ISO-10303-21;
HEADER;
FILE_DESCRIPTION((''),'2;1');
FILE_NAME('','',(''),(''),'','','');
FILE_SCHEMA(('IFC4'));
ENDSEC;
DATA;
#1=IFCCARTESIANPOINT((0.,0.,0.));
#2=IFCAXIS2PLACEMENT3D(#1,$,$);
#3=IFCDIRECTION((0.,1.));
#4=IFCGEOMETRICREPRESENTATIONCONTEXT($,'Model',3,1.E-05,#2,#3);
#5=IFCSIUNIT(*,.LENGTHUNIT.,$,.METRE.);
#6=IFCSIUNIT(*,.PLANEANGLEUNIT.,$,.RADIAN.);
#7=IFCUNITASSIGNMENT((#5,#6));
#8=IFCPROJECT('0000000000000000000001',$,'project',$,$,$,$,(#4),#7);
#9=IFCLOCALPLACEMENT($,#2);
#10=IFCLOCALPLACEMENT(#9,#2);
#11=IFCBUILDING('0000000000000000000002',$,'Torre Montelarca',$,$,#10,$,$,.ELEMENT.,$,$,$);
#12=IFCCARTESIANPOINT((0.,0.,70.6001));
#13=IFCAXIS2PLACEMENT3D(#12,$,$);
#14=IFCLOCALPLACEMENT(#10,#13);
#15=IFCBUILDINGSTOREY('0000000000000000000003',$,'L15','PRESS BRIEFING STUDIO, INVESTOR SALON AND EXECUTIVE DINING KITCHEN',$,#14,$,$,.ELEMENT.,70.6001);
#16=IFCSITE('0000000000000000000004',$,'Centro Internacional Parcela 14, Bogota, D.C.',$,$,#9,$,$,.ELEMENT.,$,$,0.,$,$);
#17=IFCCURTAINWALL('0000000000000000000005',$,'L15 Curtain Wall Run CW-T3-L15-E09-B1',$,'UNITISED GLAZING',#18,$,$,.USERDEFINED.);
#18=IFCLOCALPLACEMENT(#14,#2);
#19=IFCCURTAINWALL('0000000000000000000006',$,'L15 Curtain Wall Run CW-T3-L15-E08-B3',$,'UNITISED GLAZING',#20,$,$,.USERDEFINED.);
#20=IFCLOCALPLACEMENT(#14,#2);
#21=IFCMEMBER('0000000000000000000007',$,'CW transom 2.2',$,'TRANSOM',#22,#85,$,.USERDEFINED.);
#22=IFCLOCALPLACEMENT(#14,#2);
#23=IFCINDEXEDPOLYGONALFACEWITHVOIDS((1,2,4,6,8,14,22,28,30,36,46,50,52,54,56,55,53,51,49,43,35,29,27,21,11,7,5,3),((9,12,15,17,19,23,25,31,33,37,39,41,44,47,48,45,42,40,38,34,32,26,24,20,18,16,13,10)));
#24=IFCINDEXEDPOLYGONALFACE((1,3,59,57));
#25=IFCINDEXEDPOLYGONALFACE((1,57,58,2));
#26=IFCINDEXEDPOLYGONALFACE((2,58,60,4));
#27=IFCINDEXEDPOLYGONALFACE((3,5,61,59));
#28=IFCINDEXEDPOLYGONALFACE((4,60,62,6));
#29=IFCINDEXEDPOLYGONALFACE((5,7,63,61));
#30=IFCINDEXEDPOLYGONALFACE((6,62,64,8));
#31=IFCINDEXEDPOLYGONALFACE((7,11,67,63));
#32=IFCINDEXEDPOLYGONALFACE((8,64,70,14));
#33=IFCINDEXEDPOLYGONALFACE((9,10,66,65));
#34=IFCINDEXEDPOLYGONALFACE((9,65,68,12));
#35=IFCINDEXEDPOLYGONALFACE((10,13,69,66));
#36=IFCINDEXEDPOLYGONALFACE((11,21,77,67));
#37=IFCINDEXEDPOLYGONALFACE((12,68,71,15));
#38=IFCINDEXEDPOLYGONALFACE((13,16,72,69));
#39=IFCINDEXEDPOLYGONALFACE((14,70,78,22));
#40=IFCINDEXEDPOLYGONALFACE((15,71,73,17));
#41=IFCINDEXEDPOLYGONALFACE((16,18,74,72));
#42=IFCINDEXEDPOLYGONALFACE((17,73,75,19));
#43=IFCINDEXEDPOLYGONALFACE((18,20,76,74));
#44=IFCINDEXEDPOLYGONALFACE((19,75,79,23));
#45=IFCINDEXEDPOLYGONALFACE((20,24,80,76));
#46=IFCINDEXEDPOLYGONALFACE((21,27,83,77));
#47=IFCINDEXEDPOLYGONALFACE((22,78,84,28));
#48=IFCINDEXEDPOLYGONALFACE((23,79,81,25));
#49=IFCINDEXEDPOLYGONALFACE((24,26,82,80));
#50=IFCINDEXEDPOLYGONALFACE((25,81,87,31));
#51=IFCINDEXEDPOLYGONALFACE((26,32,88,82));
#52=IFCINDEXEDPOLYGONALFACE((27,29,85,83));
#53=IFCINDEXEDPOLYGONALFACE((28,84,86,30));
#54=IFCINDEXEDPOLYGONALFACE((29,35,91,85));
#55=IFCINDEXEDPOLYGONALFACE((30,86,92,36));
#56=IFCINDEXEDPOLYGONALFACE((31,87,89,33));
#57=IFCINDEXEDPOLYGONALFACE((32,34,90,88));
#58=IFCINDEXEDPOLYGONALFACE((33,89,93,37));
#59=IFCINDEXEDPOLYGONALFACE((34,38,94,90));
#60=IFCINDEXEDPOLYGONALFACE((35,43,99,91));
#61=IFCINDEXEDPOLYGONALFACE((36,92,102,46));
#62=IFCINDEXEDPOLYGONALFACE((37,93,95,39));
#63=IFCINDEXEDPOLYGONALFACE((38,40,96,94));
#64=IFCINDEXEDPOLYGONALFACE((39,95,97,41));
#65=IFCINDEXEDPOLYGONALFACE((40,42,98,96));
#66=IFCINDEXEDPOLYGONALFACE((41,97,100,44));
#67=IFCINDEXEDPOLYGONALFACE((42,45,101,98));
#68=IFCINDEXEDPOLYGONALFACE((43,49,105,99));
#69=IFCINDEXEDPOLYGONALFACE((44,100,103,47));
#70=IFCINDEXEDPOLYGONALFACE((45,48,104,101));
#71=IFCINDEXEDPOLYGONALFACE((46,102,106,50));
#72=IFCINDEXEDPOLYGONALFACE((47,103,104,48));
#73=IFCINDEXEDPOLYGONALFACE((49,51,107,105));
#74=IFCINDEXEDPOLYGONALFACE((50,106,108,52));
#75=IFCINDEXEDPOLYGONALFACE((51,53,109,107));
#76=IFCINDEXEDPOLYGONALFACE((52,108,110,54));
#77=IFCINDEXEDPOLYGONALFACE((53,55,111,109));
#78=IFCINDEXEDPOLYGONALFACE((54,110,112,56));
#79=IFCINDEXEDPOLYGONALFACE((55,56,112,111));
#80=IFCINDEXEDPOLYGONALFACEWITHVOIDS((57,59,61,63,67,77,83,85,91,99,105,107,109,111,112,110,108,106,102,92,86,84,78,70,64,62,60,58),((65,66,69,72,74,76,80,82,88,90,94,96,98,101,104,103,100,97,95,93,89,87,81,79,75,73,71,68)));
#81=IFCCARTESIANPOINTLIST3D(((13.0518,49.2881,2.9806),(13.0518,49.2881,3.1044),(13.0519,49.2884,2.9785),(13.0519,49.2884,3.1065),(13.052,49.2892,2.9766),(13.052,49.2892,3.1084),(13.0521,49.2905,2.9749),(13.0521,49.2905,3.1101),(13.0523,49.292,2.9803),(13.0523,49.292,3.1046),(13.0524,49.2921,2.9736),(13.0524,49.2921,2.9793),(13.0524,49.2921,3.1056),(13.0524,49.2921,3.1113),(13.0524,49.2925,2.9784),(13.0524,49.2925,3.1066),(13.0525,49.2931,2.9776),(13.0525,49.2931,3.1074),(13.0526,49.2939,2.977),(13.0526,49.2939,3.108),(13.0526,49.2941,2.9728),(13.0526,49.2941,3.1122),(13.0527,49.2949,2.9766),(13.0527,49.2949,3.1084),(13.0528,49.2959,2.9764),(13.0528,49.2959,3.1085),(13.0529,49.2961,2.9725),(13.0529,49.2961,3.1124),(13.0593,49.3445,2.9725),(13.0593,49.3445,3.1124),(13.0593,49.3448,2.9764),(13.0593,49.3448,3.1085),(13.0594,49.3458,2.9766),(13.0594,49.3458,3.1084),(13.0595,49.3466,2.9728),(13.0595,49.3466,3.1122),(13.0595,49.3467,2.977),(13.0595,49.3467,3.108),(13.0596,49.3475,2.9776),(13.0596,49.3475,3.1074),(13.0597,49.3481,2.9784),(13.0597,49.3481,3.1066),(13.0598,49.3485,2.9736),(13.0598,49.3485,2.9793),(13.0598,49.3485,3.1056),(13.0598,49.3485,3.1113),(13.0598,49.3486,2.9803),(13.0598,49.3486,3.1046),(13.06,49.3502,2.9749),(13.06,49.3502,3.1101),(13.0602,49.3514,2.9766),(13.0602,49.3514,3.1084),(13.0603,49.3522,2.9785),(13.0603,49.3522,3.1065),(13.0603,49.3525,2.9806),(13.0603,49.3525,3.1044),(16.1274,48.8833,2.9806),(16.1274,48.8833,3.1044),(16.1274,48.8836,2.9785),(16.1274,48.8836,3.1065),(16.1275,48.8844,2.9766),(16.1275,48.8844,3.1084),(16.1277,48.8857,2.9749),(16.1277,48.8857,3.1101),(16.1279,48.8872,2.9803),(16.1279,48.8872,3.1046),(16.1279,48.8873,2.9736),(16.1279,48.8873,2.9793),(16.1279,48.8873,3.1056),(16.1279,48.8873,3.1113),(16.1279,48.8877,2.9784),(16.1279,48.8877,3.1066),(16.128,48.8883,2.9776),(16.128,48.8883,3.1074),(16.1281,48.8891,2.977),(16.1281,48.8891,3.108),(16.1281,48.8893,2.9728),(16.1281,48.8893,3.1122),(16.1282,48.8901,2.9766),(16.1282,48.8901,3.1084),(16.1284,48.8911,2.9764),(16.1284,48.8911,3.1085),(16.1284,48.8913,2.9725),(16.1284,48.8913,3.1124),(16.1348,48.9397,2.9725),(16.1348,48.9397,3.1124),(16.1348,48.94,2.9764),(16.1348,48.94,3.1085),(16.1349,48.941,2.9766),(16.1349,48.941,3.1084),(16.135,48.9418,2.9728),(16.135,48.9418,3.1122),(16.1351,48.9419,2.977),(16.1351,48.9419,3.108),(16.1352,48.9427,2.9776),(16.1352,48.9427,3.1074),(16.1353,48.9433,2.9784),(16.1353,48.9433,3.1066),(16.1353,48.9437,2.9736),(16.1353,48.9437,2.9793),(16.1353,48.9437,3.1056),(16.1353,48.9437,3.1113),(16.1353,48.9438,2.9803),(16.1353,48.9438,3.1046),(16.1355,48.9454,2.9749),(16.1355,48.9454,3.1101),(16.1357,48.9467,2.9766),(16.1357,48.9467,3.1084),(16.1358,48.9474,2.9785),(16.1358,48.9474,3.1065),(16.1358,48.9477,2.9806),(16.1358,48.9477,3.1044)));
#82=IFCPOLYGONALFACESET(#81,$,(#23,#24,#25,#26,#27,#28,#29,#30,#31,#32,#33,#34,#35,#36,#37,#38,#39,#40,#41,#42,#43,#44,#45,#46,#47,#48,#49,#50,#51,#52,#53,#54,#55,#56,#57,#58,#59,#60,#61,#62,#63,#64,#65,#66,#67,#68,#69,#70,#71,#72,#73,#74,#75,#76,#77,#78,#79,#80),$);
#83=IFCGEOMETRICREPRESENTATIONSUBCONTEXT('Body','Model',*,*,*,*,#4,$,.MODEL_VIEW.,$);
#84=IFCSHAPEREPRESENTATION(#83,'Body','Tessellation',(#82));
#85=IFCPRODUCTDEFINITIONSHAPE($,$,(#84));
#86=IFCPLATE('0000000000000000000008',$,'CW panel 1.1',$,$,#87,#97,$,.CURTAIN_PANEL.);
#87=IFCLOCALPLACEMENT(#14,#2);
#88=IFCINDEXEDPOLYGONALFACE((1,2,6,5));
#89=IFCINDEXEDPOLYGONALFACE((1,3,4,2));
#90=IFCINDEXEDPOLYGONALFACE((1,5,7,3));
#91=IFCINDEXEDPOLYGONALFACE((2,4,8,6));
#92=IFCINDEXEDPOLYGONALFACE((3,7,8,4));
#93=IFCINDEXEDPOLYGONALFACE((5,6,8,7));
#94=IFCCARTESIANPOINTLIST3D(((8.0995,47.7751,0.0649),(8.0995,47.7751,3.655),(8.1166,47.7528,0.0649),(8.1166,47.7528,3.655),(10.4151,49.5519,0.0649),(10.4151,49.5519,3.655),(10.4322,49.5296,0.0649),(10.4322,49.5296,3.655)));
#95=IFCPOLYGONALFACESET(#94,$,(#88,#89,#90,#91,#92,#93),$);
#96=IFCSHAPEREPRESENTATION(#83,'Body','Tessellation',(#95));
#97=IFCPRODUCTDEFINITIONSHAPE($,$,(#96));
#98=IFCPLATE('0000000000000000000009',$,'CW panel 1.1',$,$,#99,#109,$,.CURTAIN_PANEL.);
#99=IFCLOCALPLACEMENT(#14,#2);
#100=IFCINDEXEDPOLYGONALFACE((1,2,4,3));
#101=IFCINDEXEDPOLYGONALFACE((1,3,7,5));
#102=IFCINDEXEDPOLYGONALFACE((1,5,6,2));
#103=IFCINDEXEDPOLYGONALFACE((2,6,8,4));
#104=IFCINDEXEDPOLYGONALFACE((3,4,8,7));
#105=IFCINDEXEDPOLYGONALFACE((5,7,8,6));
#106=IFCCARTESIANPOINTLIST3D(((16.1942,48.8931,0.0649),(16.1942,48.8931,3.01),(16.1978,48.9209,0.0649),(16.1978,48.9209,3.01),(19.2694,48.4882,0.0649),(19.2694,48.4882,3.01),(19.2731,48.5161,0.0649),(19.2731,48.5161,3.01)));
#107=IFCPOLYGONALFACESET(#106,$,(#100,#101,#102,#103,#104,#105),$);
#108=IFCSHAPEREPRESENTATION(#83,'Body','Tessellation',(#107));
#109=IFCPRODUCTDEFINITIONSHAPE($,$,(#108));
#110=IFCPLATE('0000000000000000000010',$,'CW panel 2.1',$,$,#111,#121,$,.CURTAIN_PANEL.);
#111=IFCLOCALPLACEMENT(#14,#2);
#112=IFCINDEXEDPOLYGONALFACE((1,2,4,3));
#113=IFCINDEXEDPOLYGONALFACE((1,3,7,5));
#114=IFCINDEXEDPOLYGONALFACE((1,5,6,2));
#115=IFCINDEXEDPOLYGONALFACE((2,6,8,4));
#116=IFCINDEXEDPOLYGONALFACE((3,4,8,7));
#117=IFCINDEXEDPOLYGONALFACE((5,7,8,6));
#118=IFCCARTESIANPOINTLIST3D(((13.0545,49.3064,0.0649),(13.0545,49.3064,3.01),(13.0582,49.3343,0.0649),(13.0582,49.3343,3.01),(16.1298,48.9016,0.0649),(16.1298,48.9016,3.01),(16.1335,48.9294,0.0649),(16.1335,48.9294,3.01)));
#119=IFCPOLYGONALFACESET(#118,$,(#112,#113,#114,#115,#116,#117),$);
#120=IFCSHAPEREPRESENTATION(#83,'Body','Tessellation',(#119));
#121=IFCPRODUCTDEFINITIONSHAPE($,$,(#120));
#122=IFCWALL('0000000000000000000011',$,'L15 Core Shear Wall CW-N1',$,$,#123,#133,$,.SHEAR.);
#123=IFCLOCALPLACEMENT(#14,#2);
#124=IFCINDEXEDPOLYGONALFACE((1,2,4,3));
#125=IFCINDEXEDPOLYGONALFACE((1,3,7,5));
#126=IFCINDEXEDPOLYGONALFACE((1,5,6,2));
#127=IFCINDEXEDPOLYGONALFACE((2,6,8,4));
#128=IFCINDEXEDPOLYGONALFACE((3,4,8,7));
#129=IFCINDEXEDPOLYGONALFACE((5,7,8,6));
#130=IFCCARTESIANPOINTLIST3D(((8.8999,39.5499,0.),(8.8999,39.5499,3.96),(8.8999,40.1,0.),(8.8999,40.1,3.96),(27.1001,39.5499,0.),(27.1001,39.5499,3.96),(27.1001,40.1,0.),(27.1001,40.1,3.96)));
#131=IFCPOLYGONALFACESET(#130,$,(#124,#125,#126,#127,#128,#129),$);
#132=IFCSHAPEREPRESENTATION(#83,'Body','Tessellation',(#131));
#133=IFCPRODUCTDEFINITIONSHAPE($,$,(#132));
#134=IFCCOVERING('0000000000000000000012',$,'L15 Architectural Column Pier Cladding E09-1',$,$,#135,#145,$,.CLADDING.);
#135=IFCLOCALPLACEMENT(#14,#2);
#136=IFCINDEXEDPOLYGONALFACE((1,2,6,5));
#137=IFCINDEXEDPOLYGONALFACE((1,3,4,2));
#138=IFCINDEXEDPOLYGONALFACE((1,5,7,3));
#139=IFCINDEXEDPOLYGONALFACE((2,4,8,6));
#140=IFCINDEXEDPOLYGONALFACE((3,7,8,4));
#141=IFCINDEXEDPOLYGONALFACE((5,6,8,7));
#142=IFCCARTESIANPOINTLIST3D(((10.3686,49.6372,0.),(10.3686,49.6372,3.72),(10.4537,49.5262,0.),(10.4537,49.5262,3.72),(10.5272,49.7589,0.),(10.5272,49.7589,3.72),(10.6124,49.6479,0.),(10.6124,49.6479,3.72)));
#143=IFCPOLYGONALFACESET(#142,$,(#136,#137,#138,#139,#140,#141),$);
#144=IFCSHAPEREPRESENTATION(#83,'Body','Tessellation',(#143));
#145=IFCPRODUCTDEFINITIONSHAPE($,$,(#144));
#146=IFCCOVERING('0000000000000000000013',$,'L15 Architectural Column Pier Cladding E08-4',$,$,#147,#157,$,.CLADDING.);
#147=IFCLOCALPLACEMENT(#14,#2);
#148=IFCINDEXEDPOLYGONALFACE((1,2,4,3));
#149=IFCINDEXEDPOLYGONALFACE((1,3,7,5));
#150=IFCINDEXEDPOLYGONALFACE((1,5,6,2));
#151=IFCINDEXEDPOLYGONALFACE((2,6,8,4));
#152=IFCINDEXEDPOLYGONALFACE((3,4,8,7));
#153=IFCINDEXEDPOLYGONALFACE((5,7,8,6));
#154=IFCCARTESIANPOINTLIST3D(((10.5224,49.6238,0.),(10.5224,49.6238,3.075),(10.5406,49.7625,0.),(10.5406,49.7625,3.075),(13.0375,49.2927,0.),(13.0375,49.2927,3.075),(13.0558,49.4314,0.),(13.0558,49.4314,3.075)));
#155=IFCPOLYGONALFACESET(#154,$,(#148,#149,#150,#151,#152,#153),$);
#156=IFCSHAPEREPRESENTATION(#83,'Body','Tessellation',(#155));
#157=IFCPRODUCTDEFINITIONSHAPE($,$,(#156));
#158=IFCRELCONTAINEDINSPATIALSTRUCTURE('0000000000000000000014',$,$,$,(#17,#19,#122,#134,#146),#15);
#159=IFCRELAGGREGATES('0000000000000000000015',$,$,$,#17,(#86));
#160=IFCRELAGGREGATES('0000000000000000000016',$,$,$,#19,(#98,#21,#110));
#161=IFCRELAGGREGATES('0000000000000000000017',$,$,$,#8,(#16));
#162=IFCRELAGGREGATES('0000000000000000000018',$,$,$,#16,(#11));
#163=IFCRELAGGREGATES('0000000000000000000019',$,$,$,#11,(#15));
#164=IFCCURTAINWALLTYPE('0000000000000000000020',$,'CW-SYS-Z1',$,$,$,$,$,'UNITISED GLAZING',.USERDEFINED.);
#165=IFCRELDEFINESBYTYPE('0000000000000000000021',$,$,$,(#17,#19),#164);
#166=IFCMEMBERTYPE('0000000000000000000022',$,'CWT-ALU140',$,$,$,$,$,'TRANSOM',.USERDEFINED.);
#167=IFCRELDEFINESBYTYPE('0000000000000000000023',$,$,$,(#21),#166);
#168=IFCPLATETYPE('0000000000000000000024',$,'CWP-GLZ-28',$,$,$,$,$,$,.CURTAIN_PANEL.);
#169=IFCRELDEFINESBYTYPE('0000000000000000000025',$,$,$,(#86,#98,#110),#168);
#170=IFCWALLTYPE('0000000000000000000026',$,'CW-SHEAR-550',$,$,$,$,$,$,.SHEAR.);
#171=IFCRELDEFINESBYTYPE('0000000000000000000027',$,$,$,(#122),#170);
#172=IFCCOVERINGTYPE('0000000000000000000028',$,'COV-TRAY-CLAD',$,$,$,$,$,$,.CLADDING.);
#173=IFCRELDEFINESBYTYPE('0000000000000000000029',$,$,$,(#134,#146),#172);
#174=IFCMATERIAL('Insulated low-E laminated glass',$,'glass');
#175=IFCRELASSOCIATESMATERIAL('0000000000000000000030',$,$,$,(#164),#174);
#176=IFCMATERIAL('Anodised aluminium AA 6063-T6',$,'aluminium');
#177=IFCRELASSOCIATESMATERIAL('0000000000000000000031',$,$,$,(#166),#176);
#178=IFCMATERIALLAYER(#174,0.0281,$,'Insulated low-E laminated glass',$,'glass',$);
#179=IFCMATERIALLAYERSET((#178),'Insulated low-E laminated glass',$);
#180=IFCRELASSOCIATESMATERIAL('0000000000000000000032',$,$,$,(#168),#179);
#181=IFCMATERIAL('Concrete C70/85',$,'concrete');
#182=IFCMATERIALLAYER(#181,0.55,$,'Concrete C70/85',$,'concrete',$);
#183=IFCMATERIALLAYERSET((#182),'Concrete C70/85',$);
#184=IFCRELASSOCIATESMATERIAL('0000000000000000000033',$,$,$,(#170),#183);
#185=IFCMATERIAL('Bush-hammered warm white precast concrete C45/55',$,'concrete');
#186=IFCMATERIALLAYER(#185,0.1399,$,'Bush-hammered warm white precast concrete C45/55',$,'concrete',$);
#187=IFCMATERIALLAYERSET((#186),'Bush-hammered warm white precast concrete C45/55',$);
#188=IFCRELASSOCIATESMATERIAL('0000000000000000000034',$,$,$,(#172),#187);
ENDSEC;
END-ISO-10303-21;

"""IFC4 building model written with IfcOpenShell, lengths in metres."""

from ifc_helpers import new_model, si_unit, direction, frame, frame_2d, origin, origin_2d, place, context, subcontext, project, spatial, rectangle, hollow_rectangle, extrude, source, transform, mapped, material, layer, layer_set, material_profile, profile_set, type_object, element, aggregate, save


model = new_model("IFC4")

# Units and contexts
model_context = context("Model", 3, precision=1e-05, world=origin(), true_north=direction((0.0, 1.0)))
body_context = subcontext(model_context, "Body", "Model", "MODEL_VIEW")
ifc_project = project(units=[si_unit("LENGTHUNIT", "METRE"), si_unit("PLANEANGLEUNIT", "RADIAN")], contexts=[model_context])

# Site, building, storey
site_placement = place(None, origin())
site = spatial("IfcSite", under=ifc_project, at=site_placement, Name="Centro Internacional Parcela 14, Bogota, D.C.", CompositionType="ELEMENT", RefElevation=0.0)
building_placement = place(site_placement, origin())
building = spatial("IfcBuilding", under=site, at=building_placement, Name="Torre Montelarca", CompositionType="ELEMENT")
storey_placement = place(building_placement, frame((0.0, 0.0, 70.6001)))
storey = spatial("IfcBuildingStorey", under=building, at=storey_placement, Name="L15", Description="PRESS BRIEFING STUDIO, INVESTOR SALON AND EXECUTIVE DINING KITCHEN", CompositionType="ELEMENT", Elevation=70.6001)

# Shared definitions
ifc_material_1 = material(Name="Concrete C70/85", Category="concrete")

# Curtain wall
ifc_material_2 = material(Name="Insulated low-E laminated glass", Category="glass")
curtain_wall_type = type_object("IfcCurtainWallType", Name="CW-SYS-Z1", ElementType="UNITISED GLAZING", PredefinedType="USERDEFINED", material=ifc_material_2)
curtain_wall_1_placement = place(storey_placement, origin())
curtain_wall_1 = element("IfcCurtainWall", 1, at=curtain_wall_1_placement, inside=storey, type_object=curtain_wall_type, Name="L15 Curtain Wall Run CW-T3-L15-E09-B1", ObjectType="UNITISED GLAZING", PredefinedType="USERDEFINED")
ifc_material_3 = material(Name="Anodised aluminium AA 6063-T6", Category="aluminium")
ifc_material_profile_1 = material_profile(ifc_material_3, hollow_rectangle(XDim=0.0649, YDim=0.1399, WallThickness=0.0039, InnerFilletRadius=0.0039, OuterFilletRadius=0.0081, at=origin_2d()), Name="ALU65X140X4", Category="aluminium")
ifc_profile_set_1 = profile_set([ifc_material_profile_1], Name="Anodised aluminium AA 6063-T6")
member_type_1 = type_object("IfcMemberType", Name="CWT-ALU140", ElementType="TRANSOM", PredefinedType="USERDEFINED", material=ifc_profile_set_1)

# Curtain wall
curtain_wall_2_placement = place(storey_placement, origin())
curtain_wall_2 = element("IfcCurtainWall", 2, at=curtain_wall_2_placement, inside=storey, type_object=curtain_wall_type, Name="L15 Curtain Wall Run CW-T3-L15-E08-B3", ObjectType="UNITISED GLAZING", PredefinedType="USERDEFINED")

# Member
shared_shape_1 = source(origin(), body_context, "Body", "SweptSolid", [
    extrude(hollow_rectangle(XDim=0.0649, YDim=0.1399, WallThickness=0.0039, InnerFilletRadius=0.0039, OuterFilletRadius=0.0081, at=origin_2d()), origin(), (0.0, 0.0, 1.0), 3.1021),
])
member_1_placement = place(storey_placement, frame((16.1316, 48.9155, 3.0425), z_axis=(-0.991449, 0.130493, 0.0), x_axis=(-0.130493, -0.991449, 0.0)))
member_1 = element("IfcMember", 3, at=member_1_placement, type_object=member_type_1, Name="CW transom 2.2", ObjectType="TRANSOM", PredefinedType="USERDEFINED", context=body_context, shape_type="MappedRepresentation", body=[
    mapped(shared_shape_1, transform((0.0, 0.0, 0.0), scale=1.0)),
])

# Plates
ifc_layer_1 = layer(ifc_material_2, 0.0281, Name="Insulated low-E laminated glass", Category="glass")
ifc_layer_set_1 = layer_set([ifc_layer_1], Name="Insulated low-E laminated glass")
plate_type = type_object("IfcPlateType", Name="CWP-GLZ-28", PredefinedType="CURTAIN_PANEL", material=ifc_layer_set_1)
shared_shape_2 = source(origin(), body_context, "Body", "SweptSolid", [
    extrude(rectangle(XDim=2.9187, YDim=0.0281, at=origin_2d()), origin(), (0.0, 0.0, 1.0), 3.5901),
])
plate_1_placement = place(storey_placement, frame((9.2659, 48.6523, 0.0649), z_axis=(0.0, 0.0, 1.0), x_axis=(-0.793351, -0.608764, 0.0)))
plate_1 = element("IfcPlate", 4, at=plate_1_placement, type_object=plate_type, Name="CW panel 1.1", PredefinedType="CURTAIN_PANEL", context=body_context, shape_type="MappedRepresentation", body=[
    mapped(shared_shape_2, transform((0.0, 0.0, 0.0), scale=1.0)),
])
aggregate(curtain_wall_1, [plate_1])
shared_shape_3 = source(origin(), body_context, "Body", "SweptSolid", [
    extrude(rectangle(XDim=3.1018, YDim=0.0281, at=origin_2d()), origin(), (0.0, 0.0, 1.0), 2.9451),
])
plate_2_placement = place(storey_placement, frame((17.7336, 48.7046, 0.0649), z_axis=(0.0, 0.0, 1.0), x_axis=(-0.991445, 0.130528, 0.0)))
plate_2 = element("IfcPlate", 5, at=plate_2_placement, type_object=plate_type, Name="CW panel 1.1", PredefinedType="CURTAIN_PANEL", context=body_context, shape_type="MappedRepresentation", body=[
    mapped(shared_shape_3, transform((0.0, 0.0, 0.0), scale=1.0)),
])
plate_3_placement = place(storey_placement, frame((14.594, 49.1179, 0.0649), z_axis=(0.0, 0.0, 1.0), x_axis=(-0.991445, 0.130528, 0.0)))
plate_3 = element("IfcPlate", 6, at=plate_3_placement, type_object=plate_type, Name="CW panel 2.1", PredefinedType="CURTAIN_PANEL", context=body_context, shape_type="MappedRepresentation", body=[
    mapped(shared_shape_3, transform((0.0, 0.0, 0.0), scale=1.0)),
])
aggregate(curtain_wall_2, [plate_2, member_1, plate_3])

# Wall
ifc_layer_2 = layer(ifc_material_1, 0.55, Name="Concrete C70/85", Category="concrete")
ifc_layer_set_2 = layer_set([ifc_layer_2], Name="Concrete C70/85")
wall_type = type_object("IfcWallType", Name="CW-SHEAR-550", PredefinedType="SHEAR", material=ifc_layer_set_2)
wall_placement = place(storey_placement, frame((8.8999, 39.825, 0.0), z_axis=(0.0, 0.0, 1.0), x_axis=(1.0, 0.0, 0.0)))
element("IfcWall", 7, at=wall_placement, inside=storey, type_object=wall_type, Name="L15 Core Shear Wall CW-N1", PredefinedType="SHEAR", context=body_context, shape_type="SweptSolid", body=[
    extrude(rectangle(XDim=18.2002, YDim=0.55, at=frame_2d((9.1001, 0.0))), origin(), (0.0, 0.0, 1.0), 3.96),
])

# Coverings
ifc_material_4 = material(Name="Bush-hammered warm white precast concrete C45/55", Category="concrete")
ifc_layer_3 = layer(ifc_material_4, 0.1399, Name="Bush-hammered warm white precast concrete C45/55", Category="concrete")
ifc_layer_set_3 = layer_set([ifc_layer_3], Name="Bush-hammered warm white precast concrete C45/55")
covering_type = type_object("IfcCoveringType", Name="COV-TRAY-CLAD", PredefinedType="CLADDING", material=ifc_layer_set_3)
shared_shape_4 = source(origin(), body_context, "Body", "SweptSolid", [
    extrude(rectangle(XDim=0.2, YDim=0.1399, at=origin_2d()), origin(), (0.0, 0.0, 1.0), 3.72),
])
covering_1_placement = place(storey_placement, frame((10.4905, 49.6426, 0.0), z_axis=(0.0, 0.0, 1.0), x_axis=(-0.793344, -0.608774, 0.0)))
element("IfcCovering", 8, at=covering_1_placement, inside=storey, type_object=covering_type, Name="L15 Architectural Column Pier Cladding E09-1", PredefinedType="CLADDING", context=body_context, shape_type="MappedRepresentation", body=[
    mapped(shared_shape_4, transform((0.0, 0.0, 0.0), scale=1.0)),
])
shared_shape_5 = source(origin(), body_context, "Body", "SweptSolid", [
    extrude(rectangle(XDim=2.5369, YDim=0.1399, at=origin_2d()), origin(), (0.0, 0.0, 1.0), 3.075),
])
covering_2_placement = place(storey_placement, frame((11.7891, 49.5276, 0.0), z_axis=(0.0, 0.0, 1.0), x_axis=(-0.991445, 0.130526, 0.0)))
element("IfcCovering", 9, at=covering_2_placement, inside=storey, type_object=covering_type, Name="L15 Architectural Column Pier Cladding E08-4", PredefinedType="CLADDING", context=body_context, shape_type="MappedRepresentation", body=[
    mapped(shared_shape_5, transform((0.0, 0.0, 0.0), scale=1.0)),
])

save(model, "model.ifc")
